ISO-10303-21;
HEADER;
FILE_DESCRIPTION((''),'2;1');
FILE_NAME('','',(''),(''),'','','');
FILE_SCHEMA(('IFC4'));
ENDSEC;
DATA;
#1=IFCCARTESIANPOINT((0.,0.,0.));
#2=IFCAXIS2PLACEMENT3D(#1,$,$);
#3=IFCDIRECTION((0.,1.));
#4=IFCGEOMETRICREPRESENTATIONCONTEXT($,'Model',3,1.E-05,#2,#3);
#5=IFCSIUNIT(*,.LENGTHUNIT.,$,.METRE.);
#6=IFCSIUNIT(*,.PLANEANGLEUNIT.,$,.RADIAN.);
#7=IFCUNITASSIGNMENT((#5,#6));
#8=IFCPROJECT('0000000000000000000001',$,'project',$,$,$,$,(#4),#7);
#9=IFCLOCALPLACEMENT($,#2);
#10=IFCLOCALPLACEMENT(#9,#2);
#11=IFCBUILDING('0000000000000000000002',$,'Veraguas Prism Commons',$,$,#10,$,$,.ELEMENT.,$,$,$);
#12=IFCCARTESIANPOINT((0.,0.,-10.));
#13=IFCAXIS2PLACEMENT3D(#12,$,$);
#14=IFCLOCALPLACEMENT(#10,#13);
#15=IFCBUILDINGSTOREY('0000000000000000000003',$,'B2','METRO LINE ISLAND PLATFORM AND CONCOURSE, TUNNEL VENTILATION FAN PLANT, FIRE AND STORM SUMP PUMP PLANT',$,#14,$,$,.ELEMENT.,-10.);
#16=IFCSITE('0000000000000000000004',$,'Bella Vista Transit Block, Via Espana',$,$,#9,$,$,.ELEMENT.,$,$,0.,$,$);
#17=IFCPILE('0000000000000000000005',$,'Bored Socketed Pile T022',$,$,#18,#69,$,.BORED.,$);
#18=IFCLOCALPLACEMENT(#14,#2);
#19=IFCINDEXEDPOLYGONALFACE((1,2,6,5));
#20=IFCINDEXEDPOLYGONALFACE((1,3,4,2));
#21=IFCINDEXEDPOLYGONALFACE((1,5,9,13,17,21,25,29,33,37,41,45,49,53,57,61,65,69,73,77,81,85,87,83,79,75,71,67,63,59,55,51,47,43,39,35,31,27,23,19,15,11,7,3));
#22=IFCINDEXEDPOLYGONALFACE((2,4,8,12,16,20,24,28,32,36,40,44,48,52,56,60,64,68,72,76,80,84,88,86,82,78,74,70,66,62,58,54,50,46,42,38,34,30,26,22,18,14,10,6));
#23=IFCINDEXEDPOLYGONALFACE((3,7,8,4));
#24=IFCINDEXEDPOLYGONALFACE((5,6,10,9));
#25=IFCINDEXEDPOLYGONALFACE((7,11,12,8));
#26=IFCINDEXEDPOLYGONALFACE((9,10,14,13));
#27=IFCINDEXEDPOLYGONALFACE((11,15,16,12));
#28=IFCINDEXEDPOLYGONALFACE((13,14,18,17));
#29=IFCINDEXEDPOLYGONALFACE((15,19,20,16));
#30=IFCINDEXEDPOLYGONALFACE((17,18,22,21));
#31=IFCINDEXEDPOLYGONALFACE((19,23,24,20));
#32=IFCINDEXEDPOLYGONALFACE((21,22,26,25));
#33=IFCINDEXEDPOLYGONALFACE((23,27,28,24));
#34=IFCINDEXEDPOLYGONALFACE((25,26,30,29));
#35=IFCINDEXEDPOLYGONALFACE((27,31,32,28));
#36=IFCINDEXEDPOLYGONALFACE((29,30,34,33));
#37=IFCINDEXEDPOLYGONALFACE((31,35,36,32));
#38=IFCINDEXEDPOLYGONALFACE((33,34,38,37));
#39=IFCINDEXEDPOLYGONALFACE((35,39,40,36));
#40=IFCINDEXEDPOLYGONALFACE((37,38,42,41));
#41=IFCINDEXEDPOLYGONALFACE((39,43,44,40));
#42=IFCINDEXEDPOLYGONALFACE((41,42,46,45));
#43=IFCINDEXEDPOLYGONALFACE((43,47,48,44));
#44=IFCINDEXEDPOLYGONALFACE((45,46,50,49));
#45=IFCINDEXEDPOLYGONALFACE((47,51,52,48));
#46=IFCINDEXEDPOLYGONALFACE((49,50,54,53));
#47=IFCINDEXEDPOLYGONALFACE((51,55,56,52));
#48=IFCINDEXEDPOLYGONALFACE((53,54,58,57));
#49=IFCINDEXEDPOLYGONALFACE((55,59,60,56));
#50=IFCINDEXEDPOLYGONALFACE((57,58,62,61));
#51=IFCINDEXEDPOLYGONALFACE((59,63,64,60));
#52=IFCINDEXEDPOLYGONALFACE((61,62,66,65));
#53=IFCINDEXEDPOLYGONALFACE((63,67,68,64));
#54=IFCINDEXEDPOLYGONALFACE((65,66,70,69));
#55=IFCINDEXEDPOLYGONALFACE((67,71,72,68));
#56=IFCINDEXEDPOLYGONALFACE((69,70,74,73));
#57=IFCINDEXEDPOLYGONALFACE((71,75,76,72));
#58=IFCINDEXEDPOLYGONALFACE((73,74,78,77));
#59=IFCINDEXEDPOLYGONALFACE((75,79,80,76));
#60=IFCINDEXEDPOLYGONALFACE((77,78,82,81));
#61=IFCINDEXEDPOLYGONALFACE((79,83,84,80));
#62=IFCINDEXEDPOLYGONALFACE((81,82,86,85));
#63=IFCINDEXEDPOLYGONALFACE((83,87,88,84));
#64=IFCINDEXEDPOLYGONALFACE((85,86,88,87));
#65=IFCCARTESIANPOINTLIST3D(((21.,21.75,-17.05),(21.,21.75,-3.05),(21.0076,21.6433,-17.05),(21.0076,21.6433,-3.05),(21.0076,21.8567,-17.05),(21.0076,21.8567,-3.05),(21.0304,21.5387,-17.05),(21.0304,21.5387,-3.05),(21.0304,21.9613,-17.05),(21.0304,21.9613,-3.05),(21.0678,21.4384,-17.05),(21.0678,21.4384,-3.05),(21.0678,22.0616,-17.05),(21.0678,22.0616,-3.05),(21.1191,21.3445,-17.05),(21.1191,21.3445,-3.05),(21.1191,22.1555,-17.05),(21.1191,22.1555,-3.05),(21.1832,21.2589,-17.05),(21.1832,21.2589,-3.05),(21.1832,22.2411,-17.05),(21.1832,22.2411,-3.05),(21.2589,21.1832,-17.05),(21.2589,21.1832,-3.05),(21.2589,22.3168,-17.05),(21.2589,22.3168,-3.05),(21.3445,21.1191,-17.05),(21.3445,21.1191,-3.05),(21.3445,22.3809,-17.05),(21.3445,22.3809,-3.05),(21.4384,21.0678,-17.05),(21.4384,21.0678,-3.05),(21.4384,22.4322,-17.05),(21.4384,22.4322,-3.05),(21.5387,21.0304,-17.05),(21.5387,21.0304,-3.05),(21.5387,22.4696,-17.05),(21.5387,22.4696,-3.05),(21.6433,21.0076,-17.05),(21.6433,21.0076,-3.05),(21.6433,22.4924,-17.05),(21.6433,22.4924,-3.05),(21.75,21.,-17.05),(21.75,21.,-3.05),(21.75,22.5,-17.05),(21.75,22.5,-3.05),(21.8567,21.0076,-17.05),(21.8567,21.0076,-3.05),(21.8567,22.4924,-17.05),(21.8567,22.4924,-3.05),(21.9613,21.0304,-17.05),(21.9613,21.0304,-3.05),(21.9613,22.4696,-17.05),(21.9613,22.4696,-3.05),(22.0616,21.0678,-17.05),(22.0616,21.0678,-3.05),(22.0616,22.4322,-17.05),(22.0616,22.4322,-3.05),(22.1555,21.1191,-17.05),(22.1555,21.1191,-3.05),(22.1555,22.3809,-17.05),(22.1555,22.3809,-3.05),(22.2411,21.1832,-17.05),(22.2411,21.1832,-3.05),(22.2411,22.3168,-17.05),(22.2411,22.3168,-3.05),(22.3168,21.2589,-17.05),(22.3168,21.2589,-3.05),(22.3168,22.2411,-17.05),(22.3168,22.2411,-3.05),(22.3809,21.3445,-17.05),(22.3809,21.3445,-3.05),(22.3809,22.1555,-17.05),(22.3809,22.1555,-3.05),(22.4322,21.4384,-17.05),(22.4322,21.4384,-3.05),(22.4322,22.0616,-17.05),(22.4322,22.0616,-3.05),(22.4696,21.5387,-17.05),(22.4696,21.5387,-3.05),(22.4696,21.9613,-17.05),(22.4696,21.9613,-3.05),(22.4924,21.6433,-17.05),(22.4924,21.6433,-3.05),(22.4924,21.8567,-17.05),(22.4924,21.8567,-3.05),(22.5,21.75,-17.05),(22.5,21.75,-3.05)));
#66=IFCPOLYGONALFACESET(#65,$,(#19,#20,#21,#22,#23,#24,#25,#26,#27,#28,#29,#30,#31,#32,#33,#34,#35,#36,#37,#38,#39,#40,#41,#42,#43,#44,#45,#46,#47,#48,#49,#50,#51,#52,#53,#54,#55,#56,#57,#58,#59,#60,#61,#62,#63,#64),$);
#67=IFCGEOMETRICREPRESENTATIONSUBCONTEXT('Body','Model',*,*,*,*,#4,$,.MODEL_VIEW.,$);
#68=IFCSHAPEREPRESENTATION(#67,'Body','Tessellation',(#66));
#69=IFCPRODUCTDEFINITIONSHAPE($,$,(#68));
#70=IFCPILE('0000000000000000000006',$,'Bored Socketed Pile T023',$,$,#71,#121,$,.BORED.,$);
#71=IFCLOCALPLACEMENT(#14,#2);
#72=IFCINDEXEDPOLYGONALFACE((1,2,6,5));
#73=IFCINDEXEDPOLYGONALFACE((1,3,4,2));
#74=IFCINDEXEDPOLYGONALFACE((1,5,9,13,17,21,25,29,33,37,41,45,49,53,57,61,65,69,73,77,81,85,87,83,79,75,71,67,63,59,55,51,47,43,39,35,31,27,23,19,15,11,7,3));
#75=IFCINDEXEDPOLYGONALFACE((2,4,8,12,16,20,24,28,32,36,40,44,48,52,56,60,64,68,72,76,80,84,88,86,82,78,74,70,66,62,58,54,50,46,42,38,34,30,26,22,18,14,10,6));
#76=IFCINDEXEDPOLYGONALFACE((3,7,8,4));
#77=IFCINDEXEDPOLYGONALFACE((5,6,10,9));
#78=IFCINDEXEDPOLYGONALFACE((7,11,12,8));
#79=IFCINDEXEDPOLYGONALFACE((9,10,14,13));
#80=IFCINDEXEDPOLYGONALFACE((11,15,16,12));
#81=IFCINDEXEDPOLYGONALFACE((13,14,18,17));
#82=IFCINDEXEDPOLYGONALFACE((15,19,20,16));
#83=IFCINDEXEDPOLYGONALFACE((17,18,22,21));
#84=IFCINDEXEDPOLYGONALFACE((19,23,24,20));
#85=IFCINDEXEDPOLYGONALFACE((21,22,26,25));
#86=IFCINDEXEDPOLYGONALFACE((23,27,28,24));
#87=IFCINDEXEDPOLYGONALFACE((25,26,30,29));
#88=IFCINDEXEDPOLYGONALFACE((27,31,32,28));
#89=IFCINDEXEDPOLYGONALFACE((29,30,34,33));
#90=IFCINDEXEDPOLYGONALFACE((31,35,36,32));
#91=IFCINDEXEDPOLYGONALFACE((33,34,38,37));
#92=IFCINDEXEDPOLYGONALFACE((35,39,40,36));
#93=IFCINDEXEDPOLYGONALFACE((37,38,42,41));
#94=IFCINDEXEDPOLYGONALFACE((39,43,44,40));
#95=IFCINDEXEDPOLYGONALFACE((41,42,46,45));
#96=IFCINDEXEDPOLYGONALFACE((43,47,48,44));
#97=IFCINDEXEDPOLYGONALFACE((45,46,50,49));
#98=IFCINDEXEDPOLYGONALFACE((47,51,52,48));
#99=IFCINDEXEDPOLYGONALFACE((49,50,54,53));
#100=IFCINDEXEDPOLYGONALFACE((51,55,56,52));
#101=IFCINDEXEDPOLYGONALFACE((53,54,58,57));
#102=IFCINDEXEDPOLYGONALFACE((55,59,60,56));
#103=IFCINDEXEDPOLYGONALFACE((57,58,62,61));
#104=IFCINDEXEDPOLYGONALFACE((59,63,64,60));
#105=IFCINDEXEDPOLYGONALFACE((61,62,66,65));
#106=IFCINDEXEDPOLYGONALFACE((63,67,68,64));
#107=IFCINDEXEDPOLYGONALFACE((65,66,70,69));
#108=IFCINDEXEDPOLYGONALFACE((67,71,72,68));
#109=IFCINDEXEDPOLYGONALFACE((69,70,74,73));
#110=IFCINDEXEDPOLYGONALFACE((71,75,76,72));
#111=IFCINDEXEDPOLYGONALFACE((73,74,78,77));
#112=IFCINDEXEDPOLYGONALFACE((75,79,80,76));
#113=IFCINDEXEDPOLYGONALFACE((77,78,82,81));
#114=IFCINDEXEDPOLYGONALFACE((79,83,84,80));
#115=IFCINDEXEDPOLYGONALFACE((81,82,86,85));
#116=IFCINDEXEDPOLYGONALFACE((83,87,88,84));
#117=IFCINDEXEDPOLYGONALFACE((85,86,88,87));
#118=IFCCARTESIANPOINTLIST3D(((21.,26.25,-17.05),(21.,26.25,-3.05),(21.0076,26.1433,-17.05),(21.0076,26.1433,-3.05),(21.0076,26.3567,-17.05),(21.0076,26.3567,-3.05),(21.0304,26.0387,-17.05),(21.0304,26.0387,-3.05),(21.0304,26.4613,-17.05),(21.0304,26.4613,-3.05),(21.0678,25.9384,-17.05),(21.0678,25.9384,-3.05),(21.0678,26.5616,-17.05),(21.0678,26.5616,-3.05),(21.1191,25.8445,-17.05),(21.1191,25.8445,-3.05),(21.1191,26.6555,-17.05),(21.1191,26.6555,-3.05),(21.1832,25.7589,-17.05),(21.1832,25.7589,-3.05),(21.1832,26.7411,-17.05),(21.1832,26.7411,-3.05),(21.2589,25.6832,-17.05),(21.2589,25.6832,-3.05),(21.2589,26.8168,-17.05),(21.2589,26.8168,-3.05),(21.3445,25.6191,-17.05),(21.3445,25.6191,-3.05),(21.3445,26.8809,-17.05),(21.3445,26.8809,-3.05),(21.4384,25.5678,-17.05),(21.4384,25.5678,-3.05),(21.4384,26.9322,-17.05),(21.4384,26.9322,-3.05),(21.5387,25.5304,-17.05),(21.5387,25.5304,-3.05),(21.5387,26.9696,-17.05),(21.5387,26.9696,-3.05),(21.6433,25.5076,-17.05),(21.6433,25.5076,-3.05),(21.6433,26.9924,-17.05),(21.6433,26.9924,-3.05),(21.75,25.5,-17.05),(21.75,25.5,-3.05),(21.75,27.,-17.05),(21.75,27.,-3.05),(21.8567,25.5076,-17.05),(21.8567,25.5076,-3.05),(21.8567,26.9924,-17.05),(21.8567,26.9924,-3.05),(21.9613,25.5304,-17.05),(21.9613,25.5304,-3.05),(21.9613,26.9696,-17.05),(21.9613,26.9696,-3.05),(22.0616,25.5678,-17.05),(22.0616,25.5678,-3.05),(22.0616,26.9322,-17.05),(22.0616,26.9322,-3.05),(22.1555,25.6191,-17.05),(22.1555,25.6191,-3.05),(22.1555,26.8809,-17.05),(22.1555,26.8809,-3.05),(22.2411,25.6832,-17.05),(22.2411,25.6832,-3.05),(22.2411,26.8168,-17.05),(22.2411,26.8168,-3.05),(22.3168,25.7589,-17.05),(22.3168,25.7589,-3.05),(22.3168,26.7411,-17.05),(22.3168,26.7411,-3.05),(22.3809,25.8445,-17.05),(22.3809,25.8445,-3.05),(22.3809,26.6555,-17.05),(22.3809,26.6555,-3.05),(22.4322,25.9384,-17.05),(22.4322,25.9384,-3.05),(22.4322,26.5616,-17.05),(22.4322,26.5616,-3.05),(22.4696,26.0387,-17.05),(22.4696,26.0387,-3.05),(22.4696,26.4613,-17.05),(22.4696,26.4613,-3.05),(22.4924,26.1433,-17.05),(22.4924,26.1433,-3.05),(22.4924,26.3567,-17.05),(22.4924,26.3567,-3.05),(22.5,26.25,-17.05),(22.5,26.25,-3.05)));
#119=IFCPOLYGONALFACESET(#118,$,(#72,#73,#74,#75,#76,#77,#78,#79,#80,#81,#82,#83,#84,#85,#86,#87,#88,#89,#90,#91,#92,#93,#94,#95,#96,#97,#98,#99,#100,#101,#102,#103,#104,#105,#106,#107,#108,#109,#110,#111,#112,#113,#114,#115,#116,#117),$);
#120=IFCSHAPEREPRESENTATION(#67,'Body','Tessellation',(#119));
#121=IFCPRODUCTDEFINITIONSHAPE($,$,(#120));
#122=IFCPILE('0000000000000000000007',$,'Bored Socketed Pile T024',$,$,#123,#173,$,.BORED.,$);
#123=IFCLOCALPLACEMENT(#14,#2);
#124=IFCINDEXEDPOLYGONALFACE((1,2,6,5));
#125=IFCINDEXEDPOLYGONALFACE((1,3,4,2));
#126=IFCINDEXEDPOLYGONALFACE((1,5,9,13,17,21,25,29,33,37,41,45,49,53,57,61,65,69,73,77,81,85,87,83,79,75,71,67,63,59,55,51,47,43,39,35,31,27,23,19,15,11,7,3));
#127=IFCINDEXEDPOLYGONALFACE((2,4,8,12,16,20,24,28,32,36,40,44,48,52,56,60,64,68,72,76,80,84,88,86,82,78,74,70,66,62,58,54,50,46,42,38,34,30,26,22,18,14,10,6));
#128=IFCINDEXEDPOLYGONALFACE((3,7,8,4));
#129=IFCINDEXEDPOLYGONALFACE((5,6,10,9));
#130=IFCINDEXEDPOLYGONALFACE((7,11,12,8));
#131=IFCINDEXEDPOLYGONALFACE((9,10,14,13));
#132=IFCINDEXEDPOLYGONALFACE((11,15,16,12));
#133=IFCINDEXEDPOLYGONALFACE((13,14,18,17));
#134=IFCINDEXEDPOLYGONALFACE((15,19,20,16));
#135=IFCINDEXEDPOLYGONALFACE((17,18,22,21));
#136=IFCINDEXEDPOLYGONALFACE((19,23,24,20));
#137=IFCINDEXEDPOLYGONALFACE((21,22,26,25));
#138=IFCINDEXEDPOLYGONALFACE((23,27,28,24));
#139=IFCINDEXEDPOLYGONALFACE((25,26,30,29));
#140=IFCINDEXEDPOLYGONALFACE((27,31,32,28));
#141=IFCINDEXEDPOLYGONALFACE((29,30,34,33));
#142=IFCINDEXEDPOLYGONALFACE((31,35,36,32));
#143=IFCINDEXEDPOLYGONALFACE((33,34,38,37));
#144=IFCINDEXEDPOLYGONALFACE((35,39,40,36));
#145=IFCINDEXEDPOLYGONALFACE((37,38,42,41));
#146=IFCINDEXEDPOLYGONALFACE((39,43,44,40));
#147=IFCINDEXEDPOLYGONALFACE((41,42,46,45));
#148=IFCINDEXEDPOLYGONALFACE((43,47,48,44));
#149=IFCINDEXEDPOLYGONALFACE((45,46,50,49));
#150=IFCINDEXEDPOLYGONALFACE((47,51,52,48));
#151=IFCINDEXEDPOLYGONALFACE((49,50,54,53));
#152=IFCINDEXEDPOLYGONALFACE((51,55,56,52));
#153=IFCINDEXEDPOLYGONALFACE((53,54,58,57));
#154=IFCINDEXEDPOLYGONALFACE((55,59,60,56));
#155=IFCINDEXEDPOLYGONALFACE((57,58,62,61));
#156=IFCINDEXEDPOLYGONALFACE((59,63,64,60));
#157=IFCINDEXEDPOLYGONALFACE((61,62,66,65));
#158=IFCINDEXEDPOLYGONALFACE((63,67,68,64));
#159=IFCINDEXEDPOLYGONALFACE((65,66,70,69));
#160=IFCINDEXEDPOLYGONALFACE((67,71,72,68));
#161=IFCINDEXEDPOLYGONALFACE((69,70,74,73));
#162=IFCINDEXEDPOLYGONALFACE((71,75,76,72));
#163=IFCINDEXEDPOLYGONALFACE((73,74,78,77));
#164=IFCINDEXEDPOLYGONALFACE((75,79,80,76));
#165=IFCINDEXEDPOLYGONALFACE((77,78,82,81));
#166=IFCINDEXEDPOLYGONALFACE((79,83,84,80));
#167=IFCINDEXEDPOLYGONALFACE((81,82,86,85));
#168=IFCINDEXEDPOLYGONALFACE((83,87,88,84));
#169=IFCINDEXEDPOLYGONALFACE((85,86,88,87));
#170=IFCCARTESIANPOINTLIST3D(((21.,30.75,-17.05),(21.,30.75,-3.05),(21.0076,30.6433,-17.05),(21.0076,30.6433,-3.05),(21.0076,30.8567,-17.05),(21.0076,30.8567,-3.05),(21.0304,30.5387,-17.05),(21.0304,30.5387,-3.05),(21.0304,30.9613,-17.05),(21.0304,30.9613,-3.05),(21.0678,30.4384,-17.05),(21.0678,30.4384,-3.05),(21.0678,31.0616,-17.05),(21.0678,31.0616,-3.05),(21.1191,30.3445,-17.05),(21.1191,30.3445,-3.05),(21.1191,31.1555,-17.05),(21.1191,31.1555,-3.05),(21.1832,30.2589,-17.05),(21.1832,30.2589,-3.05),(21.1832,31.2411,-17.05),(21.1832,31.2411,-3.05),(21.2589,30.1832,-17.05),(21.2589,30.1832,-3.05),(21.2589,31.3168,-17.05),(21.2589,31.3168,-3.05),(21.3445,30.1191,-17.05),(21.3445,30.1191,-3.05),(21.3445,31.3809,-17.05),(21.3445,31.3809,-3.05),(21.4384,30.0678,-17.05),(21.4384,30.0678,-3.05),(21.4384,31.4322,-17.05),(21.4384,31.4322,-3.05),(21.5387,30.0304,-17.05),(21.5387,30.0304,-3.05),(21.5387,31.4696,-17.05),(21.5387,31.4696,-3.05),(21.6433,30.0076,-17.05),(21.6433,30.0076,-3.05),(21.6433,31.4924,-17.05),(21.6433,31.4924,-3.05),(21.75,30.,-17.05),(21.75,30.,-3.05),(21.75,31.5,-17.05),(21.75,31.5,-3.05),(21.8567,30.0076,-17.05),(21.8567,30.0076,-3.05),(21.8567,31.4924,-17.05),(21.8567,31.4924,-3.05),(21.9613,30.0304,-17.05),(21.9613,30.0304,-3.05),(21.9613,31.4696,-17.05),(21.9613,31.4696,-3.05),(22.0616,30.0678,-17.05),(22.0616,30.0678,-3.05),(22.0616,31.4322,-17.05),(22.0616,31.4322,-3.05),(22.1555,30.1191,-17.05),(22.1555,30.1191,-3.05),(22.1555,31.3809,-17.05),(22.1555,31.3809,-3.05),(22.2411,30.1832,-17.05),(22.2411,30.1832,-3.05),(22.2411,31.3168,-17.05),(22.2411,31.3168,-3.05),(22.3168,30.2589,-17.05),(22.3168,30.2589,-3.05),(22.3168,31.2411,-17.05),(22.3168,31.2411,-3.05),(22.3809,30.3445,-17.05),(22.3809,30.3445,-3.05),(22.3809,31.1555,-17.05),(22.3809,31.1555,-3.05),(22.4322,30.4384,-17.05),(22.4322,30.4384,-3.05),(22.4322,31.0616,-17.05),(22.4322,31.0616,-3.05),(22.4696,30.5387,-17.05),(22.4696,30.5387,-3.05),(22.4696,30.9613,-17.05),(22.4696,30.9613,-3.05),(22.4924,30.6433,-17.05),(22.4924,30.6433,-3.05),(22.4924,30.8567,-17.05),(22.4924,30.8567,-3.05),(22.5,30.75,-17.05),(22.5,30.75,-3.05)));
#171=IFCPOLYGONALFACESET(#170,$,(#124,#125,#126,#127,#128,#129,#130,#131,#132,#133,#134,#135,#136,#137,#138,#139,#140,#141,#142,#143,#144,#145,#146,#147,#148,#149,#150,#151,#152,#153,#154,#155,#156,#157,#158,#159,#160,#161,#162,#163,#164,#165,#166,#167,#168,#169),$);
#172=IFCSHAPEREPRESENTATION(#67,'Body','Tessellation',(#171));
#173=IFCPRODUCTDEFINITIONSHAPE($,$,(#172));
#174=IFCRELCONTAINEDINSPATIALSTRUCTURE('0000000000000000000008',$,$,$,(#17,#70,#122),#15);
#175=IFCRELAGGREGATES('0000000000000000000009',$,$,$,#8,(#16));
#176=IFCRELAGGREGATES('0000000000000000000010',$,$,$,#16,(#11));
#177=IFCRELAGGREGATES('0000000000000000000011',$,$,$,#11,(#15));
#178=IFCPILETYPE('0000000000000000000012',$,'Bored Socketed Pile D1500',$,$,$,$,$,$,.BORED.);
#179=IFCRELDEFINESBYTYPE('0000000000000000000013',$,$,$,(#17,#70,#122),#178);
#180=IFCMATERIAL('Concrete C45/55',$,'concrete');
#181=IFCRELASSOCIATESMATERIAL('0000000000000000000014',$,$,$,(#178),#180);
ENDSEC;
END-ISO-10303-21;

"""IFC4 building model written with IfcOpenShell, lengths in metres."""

from ifc_helpers import new_model, si_unit, direction, frame, origin, origin_2d, place, context, subcontext, project, spatial, circle, extrude, source, transform, mapped, material, material_profile, profile_set, type_object, element, save


model = new_model("IFC4")

# Units and contexts
model_context = context("Model", 3, precision=1e-05, world=origin(), true_north=direction((0.0, 1.0)))
body_context = subcontext(model_context, "Body", "Model", "MODEL_VIEW")
ifc_project = project(units=[si_unit("LENGTHUNIT", "METRE"), si_unit("PLANEANGLEUNIT", "RADIAN")], contexts=[model_context])

# Site, building, storey
site_placement = place(None, origin())
site = spatial("IfcSite", under=ifc_project, at=site_placement, Name="Bella Vista Transit Block, Via Espana", CompositionType="ELEMENT", RefElevation=0.0)
building_placement = place(site_placement, origin())
building = spatial("IfcBuilding", under=site, at=building_placement, Name="Veraguas Prism Commons", CompositionType="ELEMENT")
storey_placement = place(building_placement, frame((0.0, 0.0, -10.0)))
storey = spatial("IfcBuildingStorey", under=building, at=storey_placement, Name="B2", Description="METRO LINE ISLAND PLATFORM AND CONCOURSE, TUNNEL VENTILATION FAN PLANT, FIRE AND STORM SUMP PUMP PLANT", CompositionType="ELEMENT", Elevation=-10.0)

# Piles
ifc_material_1 = material(Name="Concrete C45/55", Category="concrete")
ifc_material_profile_1 = material_profile(ifc_material_1, circle(Radius=0.75, at=origin_2d()), Name="PILE1500")
ifc_profile_set_1 = profile_set([ifc_material_profile_1], Name="Concrete C45/55")
pile_type = type_object("IfcPileType", Name="Bored Socketed Pile D1500", PredefinedType="BORED", material=ifc_profile_set_1)
shared_shape_1 = source(origin(), body_context, "Body", "SweptSolid", [
    extrude(circle(Radius=0.75, at=origin_2d()), origin(), (0.0, 0.0, 1.0), 14.0),
])
for number, where, z_axis, x_axis, name in (
    (1, (21.75, 21.75, -3.05), (0.0, 0.0, -1.0), (1.0, 0.0, 0.0), "Bored Socketed Pile T022"),
    (2, (21.75, 26.25, -3.05), (0.0, 0.0, -1.0), (1.0, 0.0, 0.0), "Bored Socketed Pile T023"),
    (3, (21.75, 30.75, -3.05), (0.0, 0.0, -1.0), (1.0, 0.0, 0.0), "Bored Socketed Pile T024"),
):
    element("IfcPile", number, at=place(storey_placement, frame(where, z_axis=z_axis, x_axis=x_axis)), inside=storey, type_object=pile_type, Name=name, PredefinedType="BORED", context=body_context, shape_type="MappedRepresentation", body=[
        mapped(shared_shape_1, transform((0.0, 0.0, 0.0), scale=1.0)),
    ])

save(model, "model.ifc")
